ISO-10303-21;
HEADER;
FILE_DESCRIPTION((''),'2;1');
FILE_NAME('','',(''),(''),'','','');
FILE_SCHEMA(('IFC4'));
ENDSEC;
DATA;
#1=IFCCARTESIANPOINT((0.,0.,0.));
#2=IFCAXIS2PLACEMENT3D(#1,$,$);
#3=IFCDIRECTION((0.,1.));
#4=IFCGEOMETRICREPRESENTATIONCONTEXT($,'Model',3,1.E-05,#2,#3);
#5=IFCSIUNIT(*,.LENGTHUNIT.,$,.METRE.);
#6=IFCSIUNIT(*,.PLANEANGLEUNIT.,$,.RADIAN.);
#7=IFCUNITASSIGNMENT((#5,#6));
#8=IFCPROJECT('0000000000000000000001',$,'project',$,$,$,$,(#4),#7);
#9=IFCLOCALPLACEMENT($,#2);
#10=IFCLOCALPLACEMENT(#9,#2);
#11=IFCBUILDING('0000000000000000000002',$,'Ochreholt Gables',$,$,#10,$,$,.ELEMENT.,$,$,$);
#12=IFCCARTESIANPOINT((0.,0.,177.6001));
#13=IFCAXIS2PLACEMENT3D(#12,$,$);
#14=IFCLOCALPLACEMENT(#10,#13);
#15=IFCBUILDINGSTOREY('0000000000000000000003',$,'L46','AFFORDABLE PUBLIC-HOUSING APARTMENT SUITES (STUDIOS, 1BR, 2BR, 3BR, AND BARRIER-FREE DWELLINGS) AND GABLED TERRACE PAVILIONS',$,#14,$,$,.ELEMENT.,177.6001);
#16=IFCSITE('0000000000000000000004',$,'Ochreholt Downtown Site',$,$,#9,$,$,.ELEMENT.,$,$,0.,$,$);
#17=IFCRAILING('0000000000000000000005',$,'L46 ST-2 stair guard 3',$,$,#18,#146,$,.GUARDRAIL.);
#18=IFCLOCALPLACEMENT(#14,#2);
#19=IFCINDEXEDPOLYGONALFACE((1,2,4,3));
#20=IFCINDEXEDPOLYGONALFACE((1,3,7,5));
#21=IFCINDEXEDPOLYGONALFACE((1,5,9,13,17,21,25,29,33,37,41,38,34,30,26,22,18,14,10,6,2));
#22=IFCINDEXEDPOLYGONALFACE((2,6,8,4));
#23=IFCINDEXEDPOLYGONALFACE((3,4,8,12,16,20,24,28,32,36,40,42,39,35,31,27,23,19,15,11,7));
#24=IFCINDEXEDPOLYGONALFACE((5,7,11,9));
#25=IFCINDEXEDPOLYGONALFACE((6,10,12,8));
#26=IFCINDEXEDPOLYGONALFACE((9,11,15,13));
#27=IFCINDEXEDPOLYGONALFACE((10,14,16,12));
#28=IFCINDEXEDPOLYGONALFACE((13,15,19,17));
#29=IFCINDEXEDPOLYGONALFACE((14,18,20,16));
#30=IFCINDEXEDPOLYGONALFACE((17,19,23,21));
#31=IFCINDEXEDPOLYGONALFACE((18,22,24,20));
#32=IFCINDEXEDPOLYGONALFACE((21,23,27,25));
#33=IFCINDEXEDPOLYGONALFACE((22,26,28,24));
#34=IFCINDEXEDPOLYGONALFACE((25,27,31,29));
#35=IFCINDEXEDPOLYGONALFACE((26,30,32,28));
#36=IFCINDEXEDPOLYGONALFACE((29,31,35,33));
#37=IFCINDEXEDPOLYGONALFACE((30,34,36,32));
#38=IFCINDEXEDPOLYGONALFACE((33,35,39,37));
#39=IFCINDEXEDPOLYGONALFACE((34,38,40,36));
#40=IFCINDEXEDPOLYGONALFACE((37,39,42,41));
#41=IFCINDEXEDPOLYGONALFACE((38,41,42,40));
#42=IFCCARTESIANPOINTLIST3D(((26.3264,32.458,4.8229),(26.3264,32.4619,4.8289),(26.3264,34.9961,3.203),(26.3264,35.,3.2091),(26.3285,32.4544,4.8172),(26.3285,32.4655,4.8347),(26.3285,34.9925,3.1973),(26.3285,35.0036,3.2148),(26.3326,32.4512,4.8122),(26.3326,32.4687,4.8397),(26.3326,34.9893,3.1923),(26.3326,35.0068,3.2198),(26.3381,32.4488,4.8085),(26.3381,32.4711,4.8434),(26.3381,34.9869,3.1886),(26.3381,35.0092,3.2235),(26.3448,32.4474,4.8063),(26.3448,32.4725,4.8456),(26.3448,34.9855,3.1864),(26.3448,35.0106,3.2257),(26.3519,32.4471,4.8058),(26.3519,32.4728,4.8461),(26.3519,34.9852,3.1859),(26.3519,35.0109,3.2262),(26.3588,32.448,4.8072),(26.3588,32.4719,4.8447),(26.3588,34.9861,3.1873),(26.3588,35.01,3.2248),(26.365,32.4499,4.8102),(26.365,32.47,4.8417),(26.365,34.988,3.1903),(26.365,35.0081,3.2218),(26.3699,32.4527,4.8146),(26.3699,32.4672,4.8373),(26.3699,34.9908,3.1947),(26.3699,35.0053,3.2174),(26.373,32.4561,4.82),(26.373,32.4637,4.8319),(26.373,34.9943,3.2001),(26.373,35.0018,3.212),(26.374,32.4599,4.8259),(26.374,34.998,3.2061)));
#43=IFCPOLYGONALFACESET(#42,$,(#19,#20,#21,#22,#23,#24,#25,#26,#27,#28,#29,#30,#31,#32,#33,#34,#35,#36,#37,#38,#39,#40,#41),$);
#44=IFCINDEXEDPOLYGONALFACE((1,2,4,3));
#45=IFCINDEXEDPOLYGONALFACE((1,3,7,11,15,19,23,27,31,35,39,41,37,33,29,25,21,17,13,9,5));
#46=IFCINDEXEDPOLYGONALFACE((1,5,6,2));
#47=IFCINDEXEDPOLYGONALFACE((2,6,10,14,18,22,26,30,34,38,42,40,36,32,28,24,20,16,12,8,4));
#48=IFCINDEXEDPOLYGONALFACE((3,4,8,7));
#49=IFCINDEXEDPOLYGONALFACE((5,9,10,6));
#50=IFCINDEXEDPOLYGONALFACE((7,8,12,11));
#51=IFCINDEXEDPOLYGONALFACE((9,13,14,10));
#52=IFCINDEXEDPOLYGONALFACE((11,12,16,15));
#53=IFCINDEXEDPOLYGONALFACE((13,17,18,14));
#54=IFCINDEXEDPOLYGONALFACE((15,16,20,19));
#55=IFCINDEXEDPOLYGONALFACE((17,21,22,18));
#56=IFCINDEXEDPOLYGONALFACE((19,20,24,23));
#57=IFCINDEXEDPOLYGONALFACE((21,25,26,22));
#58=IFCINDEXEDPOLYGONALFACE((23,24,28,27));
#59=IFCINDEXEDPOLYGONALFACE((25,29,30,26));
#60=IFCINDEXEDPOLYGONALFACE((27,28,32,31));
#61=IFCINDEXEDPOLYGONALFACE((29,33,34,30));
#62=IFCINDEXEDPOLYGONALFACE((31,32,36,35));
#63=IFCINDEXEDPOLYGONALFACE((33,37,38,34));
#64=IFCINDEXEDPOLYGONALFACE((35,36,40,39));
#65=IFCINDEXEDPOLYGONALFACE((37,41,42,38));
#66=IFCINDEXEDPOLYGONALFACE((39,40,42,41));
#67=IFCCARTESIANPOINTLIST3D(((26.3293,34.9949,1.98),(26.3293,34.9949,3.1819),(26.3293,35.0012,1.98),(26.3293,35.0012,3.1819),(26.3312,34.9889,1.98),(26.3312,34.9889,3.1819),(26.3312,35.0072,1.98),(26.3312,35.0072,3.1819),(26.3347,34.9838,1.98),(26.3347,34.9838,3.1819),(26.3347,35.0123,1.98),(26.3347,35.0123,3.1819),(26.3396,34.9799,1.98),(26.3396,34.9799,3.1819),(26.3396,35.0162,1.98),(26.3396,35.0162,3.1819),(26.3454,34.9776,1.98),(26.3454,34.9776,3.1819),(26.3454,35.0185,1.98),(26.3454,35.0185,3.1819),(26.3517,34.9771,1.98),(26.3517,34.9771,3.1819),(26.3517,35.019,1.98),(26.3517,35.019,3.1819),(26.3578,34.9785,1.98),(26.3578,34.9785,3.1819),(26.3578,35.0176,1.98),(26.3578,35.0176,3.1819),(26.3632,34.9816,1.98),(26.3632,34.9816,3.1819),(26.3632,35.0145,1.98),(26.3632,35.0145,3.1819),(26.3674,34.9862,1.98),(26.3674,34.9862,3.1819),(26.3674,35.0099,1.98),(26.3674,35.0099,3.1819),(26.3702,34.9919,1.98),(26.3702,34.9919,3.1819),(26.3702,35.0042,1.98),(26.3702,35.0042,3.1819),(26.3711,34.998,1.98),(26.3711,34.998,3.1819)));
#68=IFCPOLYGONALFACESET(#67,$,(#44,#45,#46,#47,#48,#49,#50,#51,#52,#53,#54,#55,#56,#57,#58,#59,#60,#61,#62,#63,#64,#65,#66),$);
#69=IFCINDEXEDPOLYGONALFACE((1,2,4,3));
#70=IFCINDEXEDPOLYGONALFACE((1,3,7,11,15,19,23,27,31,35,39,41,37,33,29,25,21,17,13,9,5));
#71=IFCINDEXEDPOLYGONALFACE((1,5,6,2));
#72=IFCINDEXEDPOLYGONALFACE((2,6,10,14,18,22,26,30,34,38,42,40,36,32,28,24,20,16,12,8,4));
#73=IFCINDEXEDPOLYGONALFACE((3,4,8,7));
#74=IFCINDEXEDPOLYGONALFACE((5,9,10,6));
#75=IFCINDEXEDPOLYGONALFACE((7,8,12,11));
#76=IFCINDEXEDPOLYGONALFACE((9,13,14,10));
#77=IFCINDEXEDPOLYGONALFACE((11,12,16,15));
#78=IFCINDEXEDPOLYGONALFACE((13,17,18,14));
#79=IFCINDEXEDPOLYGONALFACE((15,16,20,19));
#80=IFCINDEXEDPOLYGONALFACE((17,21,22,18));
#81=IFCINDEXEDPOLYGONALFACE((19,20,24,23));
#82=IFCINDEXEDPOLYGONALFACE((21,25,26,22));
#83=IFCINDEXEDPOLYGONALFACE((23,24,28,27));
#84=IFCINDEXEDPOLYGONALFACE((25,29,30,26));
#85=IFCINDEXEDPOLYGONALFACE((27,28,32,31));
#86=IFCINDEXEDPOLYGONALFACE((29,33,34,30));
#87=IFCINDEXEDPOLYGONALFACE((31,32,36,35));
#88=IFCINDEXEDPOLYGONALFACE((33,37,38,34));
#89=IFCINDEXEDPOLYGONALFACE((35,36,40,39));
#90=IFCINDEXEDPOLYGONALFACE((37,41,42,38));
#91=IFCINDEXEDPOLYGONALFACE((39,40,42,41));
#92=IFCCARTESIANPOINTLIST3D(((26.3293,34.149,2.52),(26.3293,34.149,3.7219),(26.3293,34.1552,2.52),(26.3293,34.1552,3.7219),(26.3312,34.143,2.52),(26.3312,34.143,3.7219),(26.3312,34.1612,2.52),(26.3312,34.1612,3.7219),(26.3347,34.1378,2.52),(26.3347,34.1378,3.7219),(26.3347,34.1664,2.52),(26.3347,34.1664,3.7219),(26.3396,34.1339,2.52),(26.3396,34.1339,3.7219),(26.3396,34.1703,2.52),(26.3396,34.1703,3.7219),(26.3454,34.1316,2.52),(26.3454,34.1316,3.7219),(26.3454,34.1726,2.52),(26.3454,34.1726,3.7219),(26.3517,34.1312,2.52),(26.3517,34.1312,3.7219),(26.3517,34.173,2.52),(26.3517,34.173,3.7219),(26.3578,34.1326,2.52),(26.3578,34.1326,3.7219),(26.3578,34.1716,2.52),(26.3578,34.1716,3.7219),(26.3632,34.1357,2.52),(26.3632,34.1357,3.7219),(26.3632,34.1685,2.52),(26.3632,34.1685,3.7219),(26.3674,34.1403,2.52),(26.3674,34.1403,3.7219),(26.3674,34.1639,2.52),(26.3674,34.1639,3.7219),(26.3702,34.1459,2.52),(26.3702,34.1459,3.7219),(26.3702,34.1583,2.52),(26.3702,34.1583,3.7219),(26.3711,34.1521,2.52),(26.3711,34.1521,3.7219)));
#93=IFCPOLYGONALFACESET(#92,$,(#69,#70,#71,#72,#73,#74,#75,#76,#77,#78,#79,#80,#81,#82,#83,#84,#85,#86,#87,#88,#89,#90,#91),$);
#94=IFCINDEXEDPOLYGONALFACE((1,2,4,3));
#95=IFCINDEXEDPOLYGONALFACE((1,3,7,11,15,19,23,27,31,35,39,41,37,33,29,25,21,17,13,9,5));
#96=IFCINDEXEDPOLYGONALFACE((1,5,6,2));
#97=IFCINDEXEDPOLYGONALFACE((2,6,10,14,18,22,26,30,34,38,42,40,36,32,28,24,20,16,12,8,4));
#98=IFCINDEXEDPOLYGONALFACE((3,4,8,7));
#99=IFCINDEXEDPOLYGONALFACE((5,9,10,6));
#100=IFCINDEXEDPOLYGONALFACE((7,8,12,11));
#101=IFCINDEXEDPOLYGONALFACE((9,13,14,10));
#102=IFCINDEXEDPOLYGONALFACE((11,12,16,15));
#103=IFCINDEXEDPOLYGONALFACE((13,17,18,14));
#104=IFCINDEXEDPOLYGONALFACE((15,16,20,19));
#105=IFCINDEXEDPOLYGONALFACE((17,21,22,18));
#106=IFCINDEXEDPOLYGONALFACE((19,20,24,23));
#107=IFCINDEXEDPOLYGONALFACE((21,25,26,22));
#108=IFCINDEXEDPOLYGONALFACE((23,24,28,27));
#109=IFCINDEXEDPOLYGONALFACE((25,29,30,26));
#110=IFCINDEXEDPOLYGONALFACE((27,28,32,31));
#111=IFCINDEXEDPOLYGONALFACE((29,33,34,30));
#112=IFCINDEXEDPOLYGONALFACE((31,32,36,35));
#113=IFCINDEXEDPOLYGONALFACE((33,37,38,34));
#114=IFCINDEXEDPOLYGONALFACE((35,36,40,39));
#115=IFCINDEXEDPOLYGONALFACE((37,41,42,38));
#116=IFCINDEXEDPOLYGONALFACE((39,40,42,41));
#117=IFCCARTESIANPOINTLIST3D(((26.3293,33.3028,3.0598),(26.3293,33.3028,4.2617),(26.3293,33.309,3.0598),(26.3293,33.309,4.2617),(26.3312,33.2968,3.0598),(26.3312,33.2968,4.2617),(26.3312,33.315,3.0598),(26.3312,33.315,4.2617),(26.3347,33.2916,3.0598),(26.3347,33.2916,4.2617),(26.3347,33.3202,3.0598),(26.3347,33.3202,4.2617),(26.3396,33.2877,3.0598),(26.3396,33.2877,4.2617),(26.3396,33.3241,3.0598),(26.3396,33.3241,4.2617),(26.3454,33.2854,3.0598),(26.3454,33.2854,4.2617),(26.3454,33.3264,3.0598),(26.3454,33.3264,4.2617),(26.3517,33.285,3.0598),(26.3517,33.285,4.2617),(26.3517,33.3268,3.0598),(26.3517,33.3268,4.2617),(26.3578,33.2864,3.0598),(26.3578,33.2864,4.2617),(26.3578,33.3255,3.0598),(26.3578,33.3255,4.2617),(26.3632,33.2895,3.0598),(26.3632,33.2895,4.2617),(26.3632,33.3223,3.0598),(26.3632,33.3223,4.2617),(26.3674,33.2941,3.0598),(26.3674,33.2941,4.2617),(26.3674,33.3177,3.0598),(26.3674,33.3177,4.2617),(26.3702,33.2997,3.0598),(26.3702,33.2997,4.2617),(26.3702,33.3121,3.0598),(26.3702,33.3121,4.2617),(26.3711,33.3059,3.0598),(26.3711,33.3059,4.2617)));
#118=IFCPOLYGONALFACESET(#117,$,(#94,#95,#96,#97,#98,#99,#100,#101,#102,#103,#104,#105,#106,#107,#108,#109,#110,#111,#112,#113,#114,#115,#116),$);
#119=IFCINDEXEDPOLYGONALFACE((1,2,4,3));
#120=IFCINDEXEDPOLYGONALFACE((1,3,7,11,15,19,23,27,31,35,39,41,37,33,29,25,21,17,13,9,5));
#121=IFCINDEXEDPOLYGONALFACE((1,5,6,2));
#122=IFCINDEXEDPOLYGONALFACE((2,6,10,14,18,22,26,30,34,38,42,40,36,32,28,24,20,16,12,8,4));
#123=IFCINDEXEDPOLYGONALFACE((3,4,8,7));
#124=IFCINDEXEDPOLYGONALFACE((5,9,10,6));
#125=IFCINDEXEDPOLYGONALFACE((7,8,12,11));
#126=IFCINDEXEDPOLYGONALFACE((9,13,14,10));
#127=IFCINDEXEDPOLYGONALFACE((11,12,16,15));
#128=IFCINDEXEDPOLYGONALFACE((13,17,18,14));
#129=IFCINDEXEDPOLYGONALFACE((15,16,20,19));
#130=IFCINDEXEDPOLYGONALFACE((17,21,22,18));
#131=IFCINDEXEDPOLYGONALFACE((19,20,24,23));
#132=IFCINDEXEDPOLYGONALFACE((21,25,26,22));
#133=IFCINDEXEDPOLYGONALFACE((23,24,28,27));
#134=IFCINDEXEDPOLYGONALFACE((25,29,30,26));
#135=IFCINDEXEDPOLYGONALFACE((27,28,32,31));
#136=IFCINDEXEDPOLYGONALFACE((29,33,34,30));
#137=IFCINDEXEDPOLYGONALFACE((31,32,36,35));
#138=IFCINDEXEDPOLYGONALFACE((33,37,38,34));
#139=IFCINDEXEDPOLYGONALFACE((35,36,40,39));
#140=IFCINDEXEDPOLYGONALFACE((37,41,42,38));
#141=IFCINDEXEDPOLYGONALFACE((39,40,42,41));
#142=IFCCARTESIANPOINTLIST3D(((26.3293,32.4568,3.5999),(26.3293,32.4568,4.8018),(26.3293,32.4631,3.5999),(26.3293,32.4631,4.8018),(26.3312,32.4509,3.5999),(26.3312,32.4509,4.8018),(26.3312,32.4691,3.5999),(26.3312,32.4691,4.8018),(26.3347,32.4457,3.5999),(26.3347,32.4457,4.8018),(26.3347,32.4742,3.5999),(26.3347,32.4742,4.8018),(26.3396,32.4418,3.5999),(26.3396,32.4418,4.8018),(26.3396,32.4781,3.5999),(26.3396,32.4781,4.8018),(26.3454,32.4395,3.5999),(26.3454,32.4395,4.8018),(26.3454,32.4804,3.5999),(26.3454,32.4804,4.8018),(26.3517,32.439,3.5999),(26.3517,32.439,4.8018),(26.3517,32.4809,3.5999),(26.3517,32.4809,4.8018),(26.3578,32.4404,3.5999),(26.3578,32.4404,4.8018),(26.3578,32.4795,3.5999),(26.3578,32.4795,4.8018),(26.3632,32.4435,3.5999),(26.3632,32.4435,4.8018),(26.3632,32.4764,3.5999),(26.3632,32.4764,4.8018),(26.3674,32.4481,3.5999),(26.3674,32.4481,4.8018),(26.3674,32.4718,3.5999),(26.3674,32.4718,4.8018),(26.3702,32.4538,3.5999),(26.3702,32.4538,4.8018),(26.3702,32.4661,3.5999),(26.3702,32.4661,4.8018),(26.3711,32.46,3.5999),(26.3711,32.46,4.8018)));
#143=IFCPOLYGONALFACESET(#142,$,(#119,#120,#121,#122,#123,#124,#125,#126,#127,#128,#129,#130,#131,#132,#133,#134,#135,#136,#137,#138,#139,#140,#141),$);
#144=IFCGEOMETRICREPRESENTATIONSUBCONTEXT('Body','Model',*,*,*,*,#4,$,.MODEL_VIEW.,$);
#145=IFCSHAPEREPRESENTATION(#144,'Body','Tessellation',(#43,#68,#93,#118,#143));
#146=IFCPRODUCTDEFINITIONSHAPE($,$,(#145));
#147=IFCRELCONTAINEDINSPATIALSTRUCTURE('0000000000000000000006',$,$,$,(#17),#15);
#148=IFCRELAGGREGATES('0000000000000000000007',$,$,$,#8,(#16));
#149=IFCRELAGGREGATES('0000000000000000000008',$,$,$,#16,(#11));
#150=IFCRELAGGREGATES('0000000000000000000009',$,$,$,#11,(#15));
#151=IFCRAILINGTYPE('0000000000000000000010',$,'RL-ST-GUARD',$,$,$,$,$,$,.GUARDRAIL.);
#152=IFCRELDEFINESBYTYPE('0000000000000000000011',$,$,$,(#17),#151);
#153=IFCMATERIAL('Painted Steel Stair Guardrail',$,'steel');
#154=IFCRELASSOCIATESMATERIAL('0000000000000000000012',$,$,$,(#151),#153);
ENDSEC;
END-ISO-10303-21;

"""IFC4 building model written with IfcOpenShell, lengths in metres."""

from ifc_helpers import new_model, si_unit, direction, frame, origin, origin_2d, place, context, subcontext, project, spatial, circle, extrude, material, type_object, element, save


model = new_model("IFC4")

# Units and contexts
model_context = context("Model", 3, precision=1e-05, world=origin(), true_north=direction((0.0, 1.0)))
body_context = subcontext(model_context, "Body", "Model", "MODEL_VIEW")
ifc_project = project(units=[si_unit("LENGTHUNIT", "METRE"), si_unit("PLANEANGLEUNIT", "RADIAN")], contexts=[model_context])

# Site, building, storey
site_placement = place(None, origin())
site = spatial("IfcSite", under=ifc_project, at=site_placement, Name="Ochreholt Downtown Site", CompositionType="ELEMENT", RefElevation=0.0)
building_placement = place(site_placement, origin())
building = spatial("IfcBuilding", under=site, at=building_placement, Name="Ochreholt Gables", CompositionType="ELEMENT")
storey_placement = place(building_placement, frame((0.0, 0.0, 177.6001)))
storey = spatial("IfcBuildingStorey", under=building, at=storey_placement, Name="L46", Description="AFFORDABLE PUBLIC-HOUSING APARTMENT SUITES (STUDIOS, 1BR, 2BR, 3BR, AND BARRIER-FREE DWELLINGS) AND GABLED TERRACE PAVILIONS", CompositionType="ELEMENT", Elevation=177.6001)

# Railing
ifc_material_1 = material(Name="Painted Steel Stair Guardrail", Category="steel")
railing_type_1 = type_object("IfcRailingType", Name="RL-ST-GUARD", PredefinedType="GUARDRAIL", material=ifc_material_1)
railing_1_placement = place(storey_placement, frame((26.3501, 34.998, 1.98)))
element("IfcRailing", 1, at=railing_1_placement, inside=storey, type_object=railing_type_1, Name="L46 ST-2 stair guard 3", PredefinedType="GUARDRAIL", context=body_context, shape_type="SweptSolid", body=[
    extrude(circle(Radius=0.0239, at=origin_2d()), frame((0.0, 0.0, 1.2261), z_axis=(0.0, -0.84295, 0.537993), x_axis=(1.0, 0.0, 0.0)), (0.0, 0.0, 1.0), 3.011),
    extrude(circle(Radius=0.021, at=origin_2d()), origin(), (0.0, 0.0, 1.0), 1.2019),
    extrude(circle(Radius=0.021, at=origin_2d()), frame((0.0, -0.8459, 0.54)), (0.0, 0.0, 1.0), 1.2019),
    extrude(circle(Radius=0.021, at=origin_2d()), frame((0.0, -1.6921, 1.0798)), (0.0, 0.0, 1.0), 1.2019),
    extrude(circle(Radius=0.021, at=origin_2d()), frame((0.0, -2.5381, 1.6199)), (0.0, 0.0, 1.0), 1.2019),
])

save(model, "model.ifc")
